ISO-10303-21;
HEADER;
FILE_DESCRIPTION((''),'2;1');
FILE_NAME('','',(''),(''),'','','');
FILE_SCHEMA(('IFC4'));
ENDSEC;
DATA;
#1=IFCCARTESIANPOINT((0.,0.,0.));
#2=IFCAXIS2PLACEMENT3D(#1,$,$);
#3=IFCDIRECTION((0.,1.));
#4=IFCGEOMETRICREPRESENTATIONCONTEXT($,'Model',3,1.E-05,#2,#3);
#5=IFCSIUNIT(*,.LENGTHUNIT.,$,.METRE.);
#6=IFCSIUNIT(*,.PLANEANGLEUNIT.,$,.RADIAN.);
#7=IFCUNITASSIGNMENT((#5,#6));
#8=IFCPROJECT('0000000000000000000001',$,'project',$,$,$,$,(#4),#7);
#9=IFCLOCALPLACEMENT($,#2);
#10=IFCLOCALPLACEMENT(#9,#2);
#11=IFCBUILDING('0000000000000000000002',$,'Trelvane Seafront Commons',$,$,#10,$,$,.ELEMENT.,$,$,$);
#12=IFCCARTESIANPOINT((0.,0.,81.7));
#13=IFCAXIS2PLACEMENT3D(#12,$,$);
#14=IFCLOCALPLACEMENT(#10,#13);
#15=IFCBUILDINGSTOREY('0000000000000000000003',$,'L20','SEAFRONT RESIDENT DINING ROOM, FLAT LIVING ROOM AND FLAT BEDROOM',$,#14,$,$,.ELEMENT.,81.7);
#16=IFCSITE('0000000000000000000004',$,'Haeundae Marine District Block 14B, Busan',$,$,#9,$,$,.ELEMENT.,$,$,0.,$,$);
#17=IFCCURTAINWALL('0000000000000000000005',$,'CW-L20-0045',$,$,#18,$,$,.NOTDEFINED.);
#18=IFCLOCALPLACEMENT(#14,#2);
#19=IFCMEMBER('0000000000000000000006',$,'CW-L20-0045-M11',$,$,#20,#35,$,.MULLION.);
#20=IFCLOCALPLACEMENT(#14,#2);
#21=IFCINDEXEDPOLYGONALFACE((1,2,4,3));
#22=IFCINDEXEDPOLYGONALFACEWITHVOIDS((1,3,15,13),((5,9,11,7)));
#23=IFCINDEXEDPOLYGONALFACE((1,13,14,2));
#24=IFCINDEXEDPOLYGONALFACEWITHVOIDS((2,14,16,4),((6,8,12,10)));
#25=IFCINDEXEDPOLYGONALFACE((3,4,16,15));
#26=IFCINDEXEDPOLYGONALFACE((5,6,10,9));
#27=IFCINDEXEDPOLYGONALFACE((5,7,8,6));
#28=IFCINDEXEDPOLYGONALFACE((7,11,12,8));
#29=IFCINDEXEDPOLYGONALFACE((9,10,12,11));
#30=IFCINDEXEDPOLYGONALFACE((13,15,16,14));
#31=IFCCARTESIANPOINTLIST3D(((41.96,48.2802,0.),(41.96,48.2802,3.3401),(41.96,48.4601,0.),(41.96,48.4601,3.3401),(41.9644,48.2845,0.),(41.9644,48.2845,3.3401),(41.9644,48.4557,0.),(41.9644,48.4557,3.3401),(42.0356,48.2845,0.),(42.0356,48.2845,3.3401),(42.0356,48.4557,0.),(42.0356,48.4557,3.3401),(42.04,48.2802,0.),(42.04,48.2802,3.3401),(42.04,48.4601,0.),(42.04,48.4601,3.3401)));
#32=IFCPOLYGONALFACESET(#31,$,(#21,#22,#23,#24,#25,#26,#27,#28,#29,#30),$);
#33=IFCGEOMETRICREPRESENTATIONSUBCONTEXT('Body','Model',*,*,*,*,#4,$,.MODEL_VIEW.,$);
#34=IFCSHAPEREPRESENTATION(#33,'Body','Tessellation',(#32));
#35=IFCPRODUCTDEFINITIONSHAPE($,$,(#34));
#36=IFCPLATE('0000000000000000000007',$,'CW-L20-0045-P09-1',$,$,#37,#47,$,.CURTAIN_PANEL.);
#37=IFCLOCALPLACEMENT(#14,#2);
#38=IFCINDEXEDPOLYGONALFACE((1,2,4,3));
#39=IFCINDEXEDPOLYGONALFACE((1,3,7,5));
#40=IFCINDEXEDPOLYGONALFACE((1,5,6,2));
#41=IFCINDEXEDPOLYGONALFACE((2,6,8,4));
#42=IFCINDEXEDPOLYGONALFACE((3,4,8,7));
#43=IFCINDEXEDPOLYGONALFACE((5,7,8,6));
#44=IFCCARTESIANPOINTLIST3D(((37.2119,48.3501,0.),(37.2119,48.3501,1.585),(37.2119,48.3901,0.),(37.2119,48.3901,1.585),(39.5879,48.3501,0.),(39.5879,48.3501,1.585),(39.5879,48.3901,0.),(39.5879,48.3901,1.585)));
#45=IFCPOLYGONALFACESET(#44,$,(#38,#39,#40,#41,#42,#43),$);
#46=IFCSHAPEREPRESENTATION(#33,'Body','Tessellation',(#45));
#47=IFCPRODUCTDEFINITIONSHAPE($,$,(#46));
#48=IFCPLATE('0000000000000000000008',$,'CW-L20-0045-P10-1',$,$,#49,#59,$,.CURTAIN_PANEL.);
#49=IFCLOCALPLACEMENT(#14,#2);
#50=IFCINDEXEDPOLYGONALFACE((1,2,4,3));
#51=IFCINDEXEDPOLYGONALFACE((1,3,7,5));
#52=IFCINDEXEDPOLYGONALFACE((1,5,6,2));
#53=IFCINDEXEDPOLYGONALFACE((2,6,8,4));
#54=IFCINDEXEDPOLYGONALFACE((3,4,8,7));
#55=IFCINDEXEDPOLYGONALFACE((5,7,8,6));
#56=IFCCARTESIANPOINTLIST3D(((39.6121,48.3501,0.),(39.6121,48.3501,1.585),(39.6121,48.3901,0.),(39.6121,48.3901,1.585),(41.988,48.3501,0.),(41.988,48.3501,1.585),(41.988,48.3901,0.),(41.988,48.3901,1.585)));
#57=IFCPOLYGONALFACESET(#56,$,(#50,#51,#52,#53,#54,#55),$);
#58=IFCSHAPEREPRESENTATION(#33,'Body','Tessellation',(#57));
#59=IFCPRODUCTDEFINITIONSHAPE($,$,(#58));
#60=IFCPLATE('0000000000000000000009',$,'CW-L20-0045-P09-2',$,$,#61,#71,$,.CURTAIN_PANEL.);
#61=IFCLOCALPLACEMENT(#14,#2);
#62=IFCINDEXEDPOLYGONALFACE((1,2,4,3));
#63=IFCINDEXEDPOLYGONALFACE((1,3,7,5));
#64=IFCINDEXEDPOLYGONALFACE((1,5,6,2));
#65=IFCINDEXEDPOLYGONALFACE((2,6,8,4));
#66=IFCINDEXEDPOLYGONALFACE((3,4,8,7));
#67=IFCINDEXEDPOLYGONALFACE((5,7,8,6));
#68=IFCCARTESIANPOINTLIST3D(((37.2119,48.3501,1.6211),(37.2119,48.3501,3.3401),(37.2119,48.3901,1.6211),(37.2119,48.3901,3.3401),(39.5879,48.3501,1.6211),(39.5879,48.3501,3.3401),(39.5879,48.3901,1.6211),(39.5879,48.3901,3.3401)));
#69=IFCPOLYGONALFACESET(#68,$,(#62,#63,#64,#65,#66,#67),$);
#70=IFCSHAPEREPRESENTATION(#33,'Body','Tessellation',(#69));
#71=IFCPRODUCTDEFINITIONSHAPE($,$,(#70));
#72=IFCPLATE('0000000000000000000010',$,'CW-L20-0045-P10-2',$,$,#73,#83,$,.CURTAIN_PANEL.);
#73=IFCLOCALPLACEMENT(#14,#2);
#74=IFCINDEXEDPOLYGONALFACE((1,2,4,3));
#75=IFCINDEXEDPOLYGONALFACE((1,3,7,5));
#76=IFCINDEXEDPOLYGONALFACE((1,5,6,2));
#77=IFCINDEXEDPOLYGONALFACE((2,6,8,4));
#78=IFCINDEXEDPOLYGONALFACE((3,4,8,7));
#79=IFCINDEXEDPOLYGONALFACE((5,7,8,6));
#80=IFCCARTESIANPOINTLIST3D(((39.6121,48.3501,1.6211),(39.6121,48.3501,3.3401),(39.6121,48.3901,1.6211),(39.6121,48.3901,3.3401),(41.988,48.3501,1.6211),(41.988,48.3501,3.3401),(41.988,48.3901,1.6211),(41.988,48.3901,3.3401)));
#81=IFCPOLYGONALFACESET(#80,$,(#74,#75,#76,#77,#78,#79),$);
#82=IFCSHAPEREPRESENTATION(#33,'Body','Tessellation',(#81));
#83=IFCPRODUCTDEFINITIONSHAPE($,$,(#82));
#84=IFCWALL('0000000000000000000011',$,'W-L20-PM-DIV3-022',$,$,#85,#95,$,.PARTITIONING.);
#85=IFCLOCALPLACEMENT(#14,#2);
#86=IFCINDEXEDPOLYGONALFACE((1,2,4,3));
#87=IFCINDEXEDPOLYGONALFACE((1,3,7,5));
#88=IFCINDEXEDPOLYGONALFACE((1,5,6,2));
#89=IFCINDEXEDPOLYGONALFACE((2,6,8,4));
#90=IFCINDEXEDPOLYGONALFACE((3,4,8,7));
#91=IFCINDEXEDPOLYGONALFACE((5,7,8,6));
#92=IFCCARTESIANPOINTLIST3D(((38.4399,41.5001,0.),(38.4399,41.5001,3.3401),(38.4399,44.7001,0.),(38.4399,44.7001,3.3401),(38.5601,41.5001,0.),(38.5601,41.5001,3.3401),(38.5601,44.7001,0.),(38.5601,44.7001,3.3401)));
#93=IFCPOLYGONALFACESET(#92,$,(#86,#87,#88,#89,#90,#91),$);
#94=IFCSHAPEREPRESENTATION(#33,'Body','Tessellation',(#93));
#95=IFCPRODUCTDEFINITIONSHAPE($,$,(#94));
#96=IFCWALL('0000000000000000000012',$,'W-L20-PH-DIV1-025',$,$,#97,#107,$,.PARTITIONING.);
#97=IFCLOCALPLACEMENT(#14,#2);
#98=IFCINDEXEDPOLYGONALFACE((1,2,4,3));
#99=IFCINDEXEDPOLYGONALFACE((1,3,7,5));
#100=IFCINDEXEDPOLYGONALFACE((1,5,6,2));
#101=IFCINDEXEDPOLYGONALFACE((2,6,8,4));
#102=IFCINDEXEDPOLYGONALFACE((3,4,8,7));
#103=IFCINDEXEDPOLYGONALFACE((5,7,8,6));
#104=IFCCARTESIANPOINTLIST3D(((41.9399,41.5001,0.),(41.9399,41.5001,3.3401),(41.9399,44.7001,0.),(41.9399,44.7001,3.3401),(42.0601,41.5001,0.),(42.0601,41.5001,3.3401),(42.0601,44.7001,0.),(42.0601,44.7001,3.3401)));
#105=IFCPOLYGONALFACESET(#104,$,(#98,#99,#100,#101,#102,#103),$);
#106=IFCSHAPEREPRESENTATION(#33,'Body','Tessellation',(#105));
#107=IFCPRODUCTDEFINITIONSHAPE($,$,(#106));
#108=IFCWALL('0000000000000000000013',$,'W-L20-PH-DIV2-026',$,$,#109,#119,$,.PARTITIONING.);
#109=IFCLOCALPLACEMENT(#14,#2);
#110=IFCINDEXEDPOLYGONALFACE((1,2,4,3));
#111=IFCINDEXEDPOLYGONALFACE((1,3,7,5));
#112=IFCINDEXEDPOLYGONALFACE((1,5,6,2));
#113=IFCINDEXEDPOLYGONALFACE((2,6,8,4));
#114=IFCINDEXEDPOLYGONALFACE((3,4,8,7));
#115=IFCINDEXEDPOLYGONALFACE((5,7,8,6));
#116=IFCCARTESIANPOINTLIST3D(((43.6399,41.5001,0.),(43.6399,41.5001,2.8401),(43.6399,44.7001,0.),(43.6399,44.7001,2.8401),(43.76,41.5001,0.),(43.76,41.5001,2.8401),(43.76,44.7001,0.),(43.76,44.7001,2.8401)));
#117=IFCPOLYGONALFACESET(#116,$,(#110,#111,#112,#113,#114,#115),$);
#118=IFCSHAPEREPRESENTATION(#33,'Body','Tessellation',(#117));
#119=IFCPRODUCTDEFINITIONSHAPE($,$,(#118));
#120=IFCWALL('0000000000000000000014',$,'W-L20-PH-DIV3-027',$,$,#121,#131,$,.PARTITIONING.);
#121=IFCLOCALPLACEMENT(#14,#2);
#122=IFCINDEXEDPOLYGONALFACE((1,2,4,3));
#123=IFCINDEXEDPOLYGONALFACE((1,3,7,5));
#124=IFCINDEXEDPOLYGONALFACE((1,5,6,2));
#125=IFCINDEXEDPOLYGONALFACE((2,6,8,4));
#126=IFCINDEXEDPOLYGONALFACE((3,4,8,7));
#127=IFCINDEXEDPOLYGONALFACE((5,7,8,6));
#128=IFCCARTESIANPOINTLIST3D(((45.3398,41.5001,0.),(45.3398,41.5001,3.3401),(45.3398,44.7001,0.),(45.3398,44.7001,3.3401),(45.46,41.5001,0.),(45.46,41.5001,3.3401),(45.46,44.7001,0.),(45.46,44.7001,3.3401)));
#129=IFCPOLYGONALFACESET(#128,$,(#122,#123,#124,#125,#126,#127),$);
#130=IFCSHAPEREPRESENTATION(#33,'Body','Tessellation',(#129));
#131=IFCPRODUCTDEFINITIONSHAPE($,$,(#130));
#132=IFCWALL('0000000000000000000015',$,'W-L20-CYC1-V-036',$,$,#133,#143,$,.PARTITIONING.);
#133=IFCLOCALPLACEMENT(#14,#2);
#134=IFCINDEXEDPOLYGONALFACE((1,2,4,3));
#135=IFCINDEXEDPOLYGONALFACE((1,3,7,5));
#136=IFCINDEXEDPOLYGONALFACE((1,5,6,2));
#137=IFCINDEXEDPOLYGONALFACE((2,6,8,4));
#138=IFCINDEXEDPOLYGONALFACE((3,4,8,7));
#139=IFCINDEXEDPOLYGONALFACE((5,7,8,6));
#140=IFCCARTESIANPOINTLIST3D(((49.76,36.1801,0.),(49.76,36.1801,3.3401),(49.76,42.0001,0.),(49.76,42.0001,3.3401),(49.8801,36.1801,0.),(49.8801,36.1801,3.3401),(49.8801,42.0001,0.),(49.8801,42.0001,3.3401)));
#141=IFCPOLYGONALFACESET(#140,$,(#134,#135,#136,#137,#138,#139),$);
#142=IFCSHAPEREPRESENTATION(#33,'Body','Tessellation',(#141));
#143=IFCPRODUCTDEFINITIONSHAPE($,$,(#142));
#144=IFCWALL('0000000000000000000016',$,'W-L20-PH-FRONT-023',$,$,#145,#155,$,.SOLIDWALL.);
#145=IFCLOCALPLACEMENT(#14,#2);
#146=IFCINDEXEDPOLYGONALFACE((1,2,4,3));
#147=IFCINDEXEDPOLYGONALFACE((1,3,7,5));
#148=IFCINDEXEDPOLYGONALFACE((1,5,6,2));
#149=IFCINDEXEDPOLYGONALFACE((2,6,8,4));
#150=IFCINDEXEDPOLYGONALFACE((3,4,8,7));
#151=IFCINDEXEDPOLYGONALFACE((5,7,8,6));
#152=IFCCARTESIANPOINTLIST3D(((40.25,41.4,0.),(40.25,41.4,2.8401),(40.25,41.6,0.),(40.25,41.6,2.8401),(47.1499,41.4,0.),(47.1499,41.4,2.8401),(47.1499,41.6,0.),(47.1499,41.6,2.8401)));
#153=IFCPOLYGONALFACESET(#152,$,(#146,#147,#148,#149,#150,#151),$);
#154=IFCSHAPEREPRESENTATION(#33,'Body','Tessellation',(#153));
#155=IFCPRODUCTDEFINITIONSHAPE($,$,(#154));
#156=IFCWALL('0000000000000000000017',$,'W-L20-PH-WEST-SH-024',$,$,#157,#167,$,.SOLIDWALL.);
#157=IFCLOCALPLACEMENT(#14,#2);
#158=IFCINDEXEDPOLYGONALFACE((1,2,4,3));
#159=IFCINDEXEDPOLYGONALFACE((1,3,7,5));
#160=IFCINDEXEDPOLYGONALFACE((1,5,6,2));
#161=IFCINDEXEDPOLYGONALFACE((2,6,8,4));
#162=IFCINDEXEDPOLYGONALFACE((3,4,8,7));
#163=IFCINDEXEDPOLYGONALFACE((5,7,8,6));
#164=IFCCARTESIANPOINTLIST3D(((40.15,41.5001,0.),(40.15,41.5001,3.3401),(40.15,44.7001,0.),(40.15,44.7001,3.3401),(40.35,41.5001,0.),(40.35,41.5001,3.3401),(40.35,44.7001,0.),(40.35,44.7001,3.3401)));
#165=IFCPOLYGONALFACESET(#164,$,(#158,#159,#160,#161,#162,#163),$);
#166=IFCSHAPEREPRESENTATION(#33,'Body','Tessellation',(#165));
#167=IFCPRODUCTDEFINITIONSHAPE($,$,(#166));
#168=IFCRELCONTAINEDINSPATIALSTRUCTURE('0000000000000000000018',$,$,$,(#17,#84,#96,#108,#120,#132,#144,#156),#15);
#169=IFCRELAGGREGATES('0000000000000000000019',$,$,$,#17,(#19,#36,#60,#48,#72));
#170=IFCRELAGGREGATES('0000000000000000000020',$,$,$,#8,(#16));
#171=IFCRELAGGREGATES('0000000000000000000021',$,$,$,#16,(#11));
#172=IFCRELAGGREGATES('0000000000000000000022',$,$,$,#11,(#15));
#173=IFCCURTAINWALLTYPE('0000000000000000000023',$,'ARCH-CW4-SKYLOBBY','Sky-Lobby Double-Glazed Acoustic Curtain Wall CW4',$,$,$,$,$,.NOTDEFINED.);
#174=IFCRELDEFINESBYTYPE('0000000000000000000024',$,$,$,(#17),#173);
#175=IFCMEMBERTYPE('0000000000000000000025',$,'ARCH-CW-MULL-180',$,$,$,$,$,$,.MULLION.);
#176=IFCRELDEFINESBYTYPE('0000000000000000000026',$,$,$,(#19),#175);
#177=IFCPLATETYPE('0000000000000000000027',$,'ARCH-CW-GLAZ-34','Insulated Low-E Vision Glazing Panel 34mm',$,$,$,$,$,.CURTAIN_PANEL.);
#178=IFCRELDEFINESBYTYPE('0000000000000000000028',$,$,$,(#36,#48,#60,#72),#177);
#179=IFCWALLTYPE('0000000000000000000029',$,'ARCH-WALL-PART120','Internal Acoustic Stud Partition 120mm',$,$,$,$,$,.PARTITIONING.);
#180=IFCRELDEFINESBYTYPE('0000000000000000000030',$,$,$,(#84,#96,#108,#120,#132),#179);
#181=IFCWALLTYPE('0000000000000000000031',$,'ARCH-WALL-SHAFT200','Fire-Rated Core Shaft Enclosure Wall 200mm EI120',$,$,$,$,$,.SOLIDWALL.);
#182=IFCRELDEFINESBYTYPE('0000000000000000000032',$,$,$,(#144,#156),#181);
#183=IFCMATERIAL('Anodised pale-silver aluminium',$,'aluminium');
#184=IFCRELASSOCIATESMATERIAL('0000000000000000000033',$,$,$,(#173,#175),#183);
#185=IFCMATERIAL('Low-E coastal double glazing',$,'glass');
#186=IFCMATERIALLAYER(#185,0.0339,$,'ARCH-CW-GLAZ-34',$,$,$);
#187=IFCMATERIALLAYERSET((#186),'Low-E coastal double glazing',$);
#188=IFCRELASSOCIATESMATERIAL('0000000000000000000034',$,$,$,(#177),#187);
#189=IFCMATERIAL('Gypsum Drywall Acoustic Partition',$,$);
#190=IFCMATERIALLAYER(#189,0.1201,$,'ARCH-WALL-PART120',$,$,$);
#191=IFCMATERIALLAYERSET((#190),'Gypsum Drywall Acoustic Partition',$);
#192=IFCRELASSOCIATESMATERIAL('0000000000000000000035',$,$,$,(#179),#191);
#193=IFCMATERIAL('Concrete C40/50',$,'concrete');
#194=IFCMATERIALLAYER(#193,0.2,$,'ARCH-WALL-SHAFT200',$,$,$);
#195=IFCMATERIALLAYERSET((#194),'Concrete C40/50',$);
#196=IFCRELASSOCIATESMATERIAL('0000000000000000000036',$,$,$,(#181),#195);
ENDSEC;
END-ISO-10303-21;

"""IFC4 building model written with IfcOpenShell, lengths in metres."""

from ifc_helpers import new_model, si_unit, direction, frame, frame_2d, origin, origin_2d, place, context, subcontext, project, spatial, rectangle, hollow_rectangle, extrude, source, transform, mapped, material, layer, layer_set, material_profile, profile_set, type_object, element, aggregate, save


model = new_model("IFC4")

# Units and contexts
model_context = context("Model", 3, precision=1e-05, world=origin(), true_north=direction((0.0, 1.0)))
body_context = subcontext(model_context, "Body", "Model", "MODEL_VIEW")
ifc_project = project(units=[si_unit("LENGTHUNIT", "METRE"), si_unit("PLANEANGLEUNIT", "RADIAN")], contexts=[model_context])

# Site, building, storey
site_placement = place(None, origin())
site = spatial("IfcSite", under=ifc_project, at=site_placement, Name="Haeundae Marine District Block 14B, Busan", CompositionType="ELEMENT", RefElevation=0.0)
building_placement = place(site_placement, origin())
building = spatial("IfcBuilding", under=site, at=building_placement, Name="Trelvane Seafront Commons", CompositionType="ELEMENT")
storey_placement = place(building_placement, frame((0.0, 0.0, 81.7)))
storey = spatial("IfcBuildingStorey", under=building, at=storey_placement, Name="L20", Description="SEAFRONT RESIDENT DINING ROOM, FLAT LIVING ROOM AND FLAT BEDROOM", CompositionType="ELEMENT", Elevation=81.7)

# Curtain wall, member, plates
ifc_material_1 = material(Name="Anodised pale-silver aluminium", Category="aluminium")
curtain_wall_type = type_object("IfcCurtainWallType", Name="ARCH-CW4-SKYLOBBY", Description="Sky-Lobby Double-Glazed Acoustic Curtain Wall CW4", PredefinedType="NOTDEFINED", material=ifc_material_1)
curtain_wall_placement = place(storey_placement, origin())
curtain_wall = element("IfcCurtainWall", 1, at=curtain_wall_placement, inside=storey, type_object=curtain_wall_type, Name="CW-L20-0045", PredefinedType="NOTDEFINED")
ifc_material_profile_1 = material_profile(ifc_material_1, hollow_rectangle(XDim=0.0801, YDim=0.1799, WallThickness=0.0044, at=origin_2d()), Name="MULL-80x180x4.5")
ifc_profile_set_1 = profile_set([ifc_material_profile_1], Name="Anodised pale-silver aluminium")
member_type_1 = type_object("IfcMemberType", Name="ARCH-CW-MULL-180", PredefinedType="MULLION", material=ifc_profile_set_1)
shared_shape_1 = source(origin(), body_context, "Body", "SweptSolid", [
    extrude(hollow_rectangle(XDim=0.0801, YDim=0.1799, WallThickness=0.0044, at=origin_2d()), origin(), (0.0, 0.0, 1.0), 3.3401),
])
member_1_placement = place(storey_placement, frame((42.0, 48.3701, 0.0), z_axis=(0.0, 0.0, 1.0), x_axis=(1.0, 0.0, 0.0)))
member_1 = element("IfcMember", 2, at=member_1_placement, type_object=member_type_1, Name="CW-L20-0045-M11", PredefinedType="MULLION", context=body_context, shape_type="MappedRepresentation", body=[
    mapped(shared_shape_1, transform((0.0, 0.0, 0.0), x_axis=(1.0, 0.0, 0.0), y_axis=(0.0, 1.0, 0.0), z_axis=(0.0, 0.0, 1.0), scale=1.0)),
])
ifc_material_2 = material(Name="Low-E coastal double glazing", Category="glass")
ifc_layer_1 = layer(ifc_material_2, 0.0339, Name="ARCH-CW-GLAZ-34")
ifc_layer_set_1 = layer_set([ifc_layer_1], Name="Low-E coastal double glazing")
plate_type = type_object("IfcPlateType", Name="ARCH-CW-GLAZ-34", Description="Insulated Low-E Vision Glazing Panel 34mm", PredefinedType="CURTAIN_PANEL", material=ifc_layer_set_1)
shared_shape_2 = source(origin(), body_context, "Body", "SweptSolid", [
    extrude(rectangle(XDim=2.376, YDim=0.04, at=origin_2d()), origin(), (0.0, 0.0, 1.0), 1.585),
])
plate_1_placement = place(storey_placement, frame((38.3999, 48.3701, 0.0), z_axis=(0.0, 0.0, 1.0), x_axis=(1.0, 0.0, 0.0)))
plate_1 = element("IfcPlate", 3, at=plate_1_placement, type_object=plate_type, Name="CW-L20-0045-P09-1", PredefinedType="CURTAIN_PANEL", context=body_context, shape_type="MappedRepresentation", body=[
    mapped(shared_shape_2, transform((0.0, 0.0, 0.0), x_axis=(1.0, 0.0, 0.0), y_axis=(0.0, 1.0, 0.0), z_axis=(0.0, 0.0, 1.0), scale=1.0)),
])
plate_2_placement = place(storey_placement, frame((40.8, 48.3701, 0.0), z_axis=(0.0, 0.0, 1.0), x_axis=(1.0, 0.0, 0.0)))
plate_2 = element("IfcPlate", 4, at=plate_2_placement, type_object=plate_type, Name="CW-L20-0045-P10-1", PredefinedType="CURTAIN_PANEL", context=body_context, shape_type="MappedRepresentation", body=[
    mapped(shared_shape_2, transform((0.0, 0.0, 0.0), x_axis=(1.0, 0.0, 0.0), y_axis=(0.0, 1.0, 0.0), z_axis=(0.0, 0.0, 1.0), scale=1.0)),
])
shared_shape_3 = source(origin(), body_context, "Body", "SweptSolid", [
    extrude(rectangle(XDim=2.376, YDim=0.04, at=origin_2d()), origin(), (0.0, 0.0, 1.0), 1.719),
])
plate_3_placement = place(storey_placement, frame((38.3999, 48.3701, 1.6211), z_axis=(0.0, 0.0, 1.0), x_axis=(1.0, 0.0, 0.0)))
plate_3 = element("IfcPlate", 5, at=plate_3_placement, type_object=plate_type, Name="CW-L20-0045-P09-2", PredefinedType="CURTAIN_PANEL", context=body_context, shape_type="MappedRepresentation", body=[
    mapped(shared_shape_3, transform((0.0, 0.0, 0.0), x_axis=(1.0, 0.0, 0.0), y_axis=(0.0, 1.0, 0.0), z_axis=(0.0, 0.0, 1.0), scale=1.0)),
])
plate_4_placement = place(storey_placement, frame((40.8, 48.3701, 1.6211), z_axis=(0.0, 0.0, 1.0), x_axis=(1.0, 0.0, 0.0)))
plate_4 = element("IfcPlate", 6, at=plate_4_placement, type_object=plate_type, Name="CW-L20-0045-P10-2", PredefinedType="CURTAIN_PANEL", context=body_context, shape_type="MappedRepresentation", body=[
    mapped(shared_shape_3, transform((0.0, 0.0, 0.0), x_axis=(1.0, 0.0, 0.0), y_axis=(0.0, 1.0, 0.0), z_axis=(0.0, 0.0, 1.0), scale=1.0)),
])
aggregate(curtain_wall, [member_1, plate_1, plate_3, plate_2, plate_4])

# Walls
ifc_material_3 = material(Name="Gypsum Drywall Acoustic Partition")
ifc_layer_2 = layer(ifc_material_3, 0.1201, Name="ARCH-WALL-PART120")
ifc_layer_set_2 = layer_set([ifc_layer_2], Name="Gypsum Drywall Acoustic Partition")
wall_type_1 = type_object("IfcWallType", Name="ARCH-WALL-PART120", Description="Internal Acoustic Stud Partition 120mm", PredefinedType="PARTITIONING", material=ifc_layer_set_2)
for number, where, z_axis, x_axis, name in (
    (7, (38.5, 41.5, 0.0), (0.0, 0.0, 1.0), (0.0, 1.0, 0.0), "W-L20-PM-DIV3-022"),
    (8, (42.0, 41.5, 0.0), (0.0, 0.0, 1.0), (0.0, 1.0, 0.0), "W-L20-PH-DIV1-025"),
):
    element("IfcWall", number, at=place(storey_placement, frame(where, z_axis=z_axis, x_axis=x_axis)), inside=storey, type_object=wall_type_1, Name=name, PredefinedType="PARTITIONING", context=body_context, shape_type="SweptSolid", body=[
        extrude(rectangle(XDim=3.2, YDim=0.1201, at=frame_2d((1.6001, 0.0))), origin(), (0.0, 0.0, 1.0), 3.3401),
    ])
wall_1_placement = place(storey_placement, frame((43.7, 41.5, 0.0), z_axis=(0.0, 0.0, 1.0), x_axis=(0.0, 1.0, 0.0)))
element("IfcWall", 9, at=wall_1_placement, inside=storey, type_object=wall_type_1, Name="W-L20-PH-DIV2-026", PredefinedType="PARTITIONING", context=body_context, shape_type="SweptSolid", body=[
    extrude(rectangle(XDim=3.2, YDim=0.1201, at=frame_2d((1.6001, 0.0))), origin(), (0.0, 0.0, 1.0), 2.8401),
])
wall_2_placement = place(storey_placement, frame((45.3999, 41.5, 0.0), z_axis=(0.0, 0.0, 1.0), x_axis=(0.0, 1.0, 0.0)))
element("IfcWall", 10, at=wall_2_placement, inside=storey, type_object=wall_type_1, Name="W-L20-PH-DIV3-027", PredefinedType="PARTITIONING", context=body_context, shape_type="SweptSolid", body=[
    extrude(rectangle(XDim=3.2, YDim=0.1201, at=frame_2d((1.6001, 0.0))), origin(), (0.0, 0.0, 1.0), 3.3401),
])

# Wall
wall_3_placement = place(storey_placement, frame((49.8201, 36.1799, 0.0), z_axis=(0.0, 0.0, 1.0), x_axis=(0.0, 1.0, 0.0)))
element("IfcWall", 11, at=wall_3_placement, inside=storey, type_object=wall_type_1, Name="W-L20-CYC1-V-036", PredefinedType="PARTITIONING", context=body_context, shape_type="SweptSolid", body=[
    extrude(rectangle(XDim=5.8201, YDim=0.1201, at=frame_2d((2.9102, 0.0))), origin(), (0.0, 0.0, 1.0), 3.3401),
])

# Walls
ifc_material_4 = material(Name="Concrete C40/50", Category="concrete")
ifc_layer_3 = layer(ifc_material_4, 0.2, Name="ARCH-WALL-SHAFT200")
ifc_layer_set_3 = layer_set([ifc_layer_3], Name="Concrete C40/50")
wall_type_2 = type_object("IfcWallType", Name="ARCH-WALL-SHAFT200", Description="Fire-Rated Core Shaft Enclosure Wall 200mm EI120", PredefinedType="SOLIDWALL", material=ifc_layer_set_3)
wall_4_placement = place(storey_placement, frame((40.25, 41.5, 0.0), z_axis=(0.0, 0.0, 1.0), x_axis=(1.0, 0.0, 0.0)))
element("IfcWall", 12, at=wall_4_placement, inside=storey, type_object=wall_type_2, Name="W-L20-PH-FRONT-023", PredefinedType="SOLIDWALL", context=body_context, shape_type="SweptSolid", body=[
    extrude(rectangle(XDim=6.8999, YDim=0.2, at=frame_2d((3.45, 0.0))), origin(), (0.0, 0.0, 1.0), 2.8401),
])
wall_5_placement = place(storey_placement, frame((40.25, 41.5, 0.0), z_axis=(0.0, 0.0, 1.0), x_axis=(0.0, 1.0, 0.0)))
element("IfcWall", 13, at=wall_5_placement, inside=storey, type_object=wall_type_2, Name="W-L20-PH-WEST-SH-024", PredefinedType="SOLIDWALL", context=body_context, shape_type="SweptSolid", body=[
    extrude(rectangle(XDim=3.2, YDim=0.2, at=frame_2d((1.6001, 0.0))), origin(), (0.0, 0.0, 1.0), 3.3401),
])

save(model, "model.ifc")
